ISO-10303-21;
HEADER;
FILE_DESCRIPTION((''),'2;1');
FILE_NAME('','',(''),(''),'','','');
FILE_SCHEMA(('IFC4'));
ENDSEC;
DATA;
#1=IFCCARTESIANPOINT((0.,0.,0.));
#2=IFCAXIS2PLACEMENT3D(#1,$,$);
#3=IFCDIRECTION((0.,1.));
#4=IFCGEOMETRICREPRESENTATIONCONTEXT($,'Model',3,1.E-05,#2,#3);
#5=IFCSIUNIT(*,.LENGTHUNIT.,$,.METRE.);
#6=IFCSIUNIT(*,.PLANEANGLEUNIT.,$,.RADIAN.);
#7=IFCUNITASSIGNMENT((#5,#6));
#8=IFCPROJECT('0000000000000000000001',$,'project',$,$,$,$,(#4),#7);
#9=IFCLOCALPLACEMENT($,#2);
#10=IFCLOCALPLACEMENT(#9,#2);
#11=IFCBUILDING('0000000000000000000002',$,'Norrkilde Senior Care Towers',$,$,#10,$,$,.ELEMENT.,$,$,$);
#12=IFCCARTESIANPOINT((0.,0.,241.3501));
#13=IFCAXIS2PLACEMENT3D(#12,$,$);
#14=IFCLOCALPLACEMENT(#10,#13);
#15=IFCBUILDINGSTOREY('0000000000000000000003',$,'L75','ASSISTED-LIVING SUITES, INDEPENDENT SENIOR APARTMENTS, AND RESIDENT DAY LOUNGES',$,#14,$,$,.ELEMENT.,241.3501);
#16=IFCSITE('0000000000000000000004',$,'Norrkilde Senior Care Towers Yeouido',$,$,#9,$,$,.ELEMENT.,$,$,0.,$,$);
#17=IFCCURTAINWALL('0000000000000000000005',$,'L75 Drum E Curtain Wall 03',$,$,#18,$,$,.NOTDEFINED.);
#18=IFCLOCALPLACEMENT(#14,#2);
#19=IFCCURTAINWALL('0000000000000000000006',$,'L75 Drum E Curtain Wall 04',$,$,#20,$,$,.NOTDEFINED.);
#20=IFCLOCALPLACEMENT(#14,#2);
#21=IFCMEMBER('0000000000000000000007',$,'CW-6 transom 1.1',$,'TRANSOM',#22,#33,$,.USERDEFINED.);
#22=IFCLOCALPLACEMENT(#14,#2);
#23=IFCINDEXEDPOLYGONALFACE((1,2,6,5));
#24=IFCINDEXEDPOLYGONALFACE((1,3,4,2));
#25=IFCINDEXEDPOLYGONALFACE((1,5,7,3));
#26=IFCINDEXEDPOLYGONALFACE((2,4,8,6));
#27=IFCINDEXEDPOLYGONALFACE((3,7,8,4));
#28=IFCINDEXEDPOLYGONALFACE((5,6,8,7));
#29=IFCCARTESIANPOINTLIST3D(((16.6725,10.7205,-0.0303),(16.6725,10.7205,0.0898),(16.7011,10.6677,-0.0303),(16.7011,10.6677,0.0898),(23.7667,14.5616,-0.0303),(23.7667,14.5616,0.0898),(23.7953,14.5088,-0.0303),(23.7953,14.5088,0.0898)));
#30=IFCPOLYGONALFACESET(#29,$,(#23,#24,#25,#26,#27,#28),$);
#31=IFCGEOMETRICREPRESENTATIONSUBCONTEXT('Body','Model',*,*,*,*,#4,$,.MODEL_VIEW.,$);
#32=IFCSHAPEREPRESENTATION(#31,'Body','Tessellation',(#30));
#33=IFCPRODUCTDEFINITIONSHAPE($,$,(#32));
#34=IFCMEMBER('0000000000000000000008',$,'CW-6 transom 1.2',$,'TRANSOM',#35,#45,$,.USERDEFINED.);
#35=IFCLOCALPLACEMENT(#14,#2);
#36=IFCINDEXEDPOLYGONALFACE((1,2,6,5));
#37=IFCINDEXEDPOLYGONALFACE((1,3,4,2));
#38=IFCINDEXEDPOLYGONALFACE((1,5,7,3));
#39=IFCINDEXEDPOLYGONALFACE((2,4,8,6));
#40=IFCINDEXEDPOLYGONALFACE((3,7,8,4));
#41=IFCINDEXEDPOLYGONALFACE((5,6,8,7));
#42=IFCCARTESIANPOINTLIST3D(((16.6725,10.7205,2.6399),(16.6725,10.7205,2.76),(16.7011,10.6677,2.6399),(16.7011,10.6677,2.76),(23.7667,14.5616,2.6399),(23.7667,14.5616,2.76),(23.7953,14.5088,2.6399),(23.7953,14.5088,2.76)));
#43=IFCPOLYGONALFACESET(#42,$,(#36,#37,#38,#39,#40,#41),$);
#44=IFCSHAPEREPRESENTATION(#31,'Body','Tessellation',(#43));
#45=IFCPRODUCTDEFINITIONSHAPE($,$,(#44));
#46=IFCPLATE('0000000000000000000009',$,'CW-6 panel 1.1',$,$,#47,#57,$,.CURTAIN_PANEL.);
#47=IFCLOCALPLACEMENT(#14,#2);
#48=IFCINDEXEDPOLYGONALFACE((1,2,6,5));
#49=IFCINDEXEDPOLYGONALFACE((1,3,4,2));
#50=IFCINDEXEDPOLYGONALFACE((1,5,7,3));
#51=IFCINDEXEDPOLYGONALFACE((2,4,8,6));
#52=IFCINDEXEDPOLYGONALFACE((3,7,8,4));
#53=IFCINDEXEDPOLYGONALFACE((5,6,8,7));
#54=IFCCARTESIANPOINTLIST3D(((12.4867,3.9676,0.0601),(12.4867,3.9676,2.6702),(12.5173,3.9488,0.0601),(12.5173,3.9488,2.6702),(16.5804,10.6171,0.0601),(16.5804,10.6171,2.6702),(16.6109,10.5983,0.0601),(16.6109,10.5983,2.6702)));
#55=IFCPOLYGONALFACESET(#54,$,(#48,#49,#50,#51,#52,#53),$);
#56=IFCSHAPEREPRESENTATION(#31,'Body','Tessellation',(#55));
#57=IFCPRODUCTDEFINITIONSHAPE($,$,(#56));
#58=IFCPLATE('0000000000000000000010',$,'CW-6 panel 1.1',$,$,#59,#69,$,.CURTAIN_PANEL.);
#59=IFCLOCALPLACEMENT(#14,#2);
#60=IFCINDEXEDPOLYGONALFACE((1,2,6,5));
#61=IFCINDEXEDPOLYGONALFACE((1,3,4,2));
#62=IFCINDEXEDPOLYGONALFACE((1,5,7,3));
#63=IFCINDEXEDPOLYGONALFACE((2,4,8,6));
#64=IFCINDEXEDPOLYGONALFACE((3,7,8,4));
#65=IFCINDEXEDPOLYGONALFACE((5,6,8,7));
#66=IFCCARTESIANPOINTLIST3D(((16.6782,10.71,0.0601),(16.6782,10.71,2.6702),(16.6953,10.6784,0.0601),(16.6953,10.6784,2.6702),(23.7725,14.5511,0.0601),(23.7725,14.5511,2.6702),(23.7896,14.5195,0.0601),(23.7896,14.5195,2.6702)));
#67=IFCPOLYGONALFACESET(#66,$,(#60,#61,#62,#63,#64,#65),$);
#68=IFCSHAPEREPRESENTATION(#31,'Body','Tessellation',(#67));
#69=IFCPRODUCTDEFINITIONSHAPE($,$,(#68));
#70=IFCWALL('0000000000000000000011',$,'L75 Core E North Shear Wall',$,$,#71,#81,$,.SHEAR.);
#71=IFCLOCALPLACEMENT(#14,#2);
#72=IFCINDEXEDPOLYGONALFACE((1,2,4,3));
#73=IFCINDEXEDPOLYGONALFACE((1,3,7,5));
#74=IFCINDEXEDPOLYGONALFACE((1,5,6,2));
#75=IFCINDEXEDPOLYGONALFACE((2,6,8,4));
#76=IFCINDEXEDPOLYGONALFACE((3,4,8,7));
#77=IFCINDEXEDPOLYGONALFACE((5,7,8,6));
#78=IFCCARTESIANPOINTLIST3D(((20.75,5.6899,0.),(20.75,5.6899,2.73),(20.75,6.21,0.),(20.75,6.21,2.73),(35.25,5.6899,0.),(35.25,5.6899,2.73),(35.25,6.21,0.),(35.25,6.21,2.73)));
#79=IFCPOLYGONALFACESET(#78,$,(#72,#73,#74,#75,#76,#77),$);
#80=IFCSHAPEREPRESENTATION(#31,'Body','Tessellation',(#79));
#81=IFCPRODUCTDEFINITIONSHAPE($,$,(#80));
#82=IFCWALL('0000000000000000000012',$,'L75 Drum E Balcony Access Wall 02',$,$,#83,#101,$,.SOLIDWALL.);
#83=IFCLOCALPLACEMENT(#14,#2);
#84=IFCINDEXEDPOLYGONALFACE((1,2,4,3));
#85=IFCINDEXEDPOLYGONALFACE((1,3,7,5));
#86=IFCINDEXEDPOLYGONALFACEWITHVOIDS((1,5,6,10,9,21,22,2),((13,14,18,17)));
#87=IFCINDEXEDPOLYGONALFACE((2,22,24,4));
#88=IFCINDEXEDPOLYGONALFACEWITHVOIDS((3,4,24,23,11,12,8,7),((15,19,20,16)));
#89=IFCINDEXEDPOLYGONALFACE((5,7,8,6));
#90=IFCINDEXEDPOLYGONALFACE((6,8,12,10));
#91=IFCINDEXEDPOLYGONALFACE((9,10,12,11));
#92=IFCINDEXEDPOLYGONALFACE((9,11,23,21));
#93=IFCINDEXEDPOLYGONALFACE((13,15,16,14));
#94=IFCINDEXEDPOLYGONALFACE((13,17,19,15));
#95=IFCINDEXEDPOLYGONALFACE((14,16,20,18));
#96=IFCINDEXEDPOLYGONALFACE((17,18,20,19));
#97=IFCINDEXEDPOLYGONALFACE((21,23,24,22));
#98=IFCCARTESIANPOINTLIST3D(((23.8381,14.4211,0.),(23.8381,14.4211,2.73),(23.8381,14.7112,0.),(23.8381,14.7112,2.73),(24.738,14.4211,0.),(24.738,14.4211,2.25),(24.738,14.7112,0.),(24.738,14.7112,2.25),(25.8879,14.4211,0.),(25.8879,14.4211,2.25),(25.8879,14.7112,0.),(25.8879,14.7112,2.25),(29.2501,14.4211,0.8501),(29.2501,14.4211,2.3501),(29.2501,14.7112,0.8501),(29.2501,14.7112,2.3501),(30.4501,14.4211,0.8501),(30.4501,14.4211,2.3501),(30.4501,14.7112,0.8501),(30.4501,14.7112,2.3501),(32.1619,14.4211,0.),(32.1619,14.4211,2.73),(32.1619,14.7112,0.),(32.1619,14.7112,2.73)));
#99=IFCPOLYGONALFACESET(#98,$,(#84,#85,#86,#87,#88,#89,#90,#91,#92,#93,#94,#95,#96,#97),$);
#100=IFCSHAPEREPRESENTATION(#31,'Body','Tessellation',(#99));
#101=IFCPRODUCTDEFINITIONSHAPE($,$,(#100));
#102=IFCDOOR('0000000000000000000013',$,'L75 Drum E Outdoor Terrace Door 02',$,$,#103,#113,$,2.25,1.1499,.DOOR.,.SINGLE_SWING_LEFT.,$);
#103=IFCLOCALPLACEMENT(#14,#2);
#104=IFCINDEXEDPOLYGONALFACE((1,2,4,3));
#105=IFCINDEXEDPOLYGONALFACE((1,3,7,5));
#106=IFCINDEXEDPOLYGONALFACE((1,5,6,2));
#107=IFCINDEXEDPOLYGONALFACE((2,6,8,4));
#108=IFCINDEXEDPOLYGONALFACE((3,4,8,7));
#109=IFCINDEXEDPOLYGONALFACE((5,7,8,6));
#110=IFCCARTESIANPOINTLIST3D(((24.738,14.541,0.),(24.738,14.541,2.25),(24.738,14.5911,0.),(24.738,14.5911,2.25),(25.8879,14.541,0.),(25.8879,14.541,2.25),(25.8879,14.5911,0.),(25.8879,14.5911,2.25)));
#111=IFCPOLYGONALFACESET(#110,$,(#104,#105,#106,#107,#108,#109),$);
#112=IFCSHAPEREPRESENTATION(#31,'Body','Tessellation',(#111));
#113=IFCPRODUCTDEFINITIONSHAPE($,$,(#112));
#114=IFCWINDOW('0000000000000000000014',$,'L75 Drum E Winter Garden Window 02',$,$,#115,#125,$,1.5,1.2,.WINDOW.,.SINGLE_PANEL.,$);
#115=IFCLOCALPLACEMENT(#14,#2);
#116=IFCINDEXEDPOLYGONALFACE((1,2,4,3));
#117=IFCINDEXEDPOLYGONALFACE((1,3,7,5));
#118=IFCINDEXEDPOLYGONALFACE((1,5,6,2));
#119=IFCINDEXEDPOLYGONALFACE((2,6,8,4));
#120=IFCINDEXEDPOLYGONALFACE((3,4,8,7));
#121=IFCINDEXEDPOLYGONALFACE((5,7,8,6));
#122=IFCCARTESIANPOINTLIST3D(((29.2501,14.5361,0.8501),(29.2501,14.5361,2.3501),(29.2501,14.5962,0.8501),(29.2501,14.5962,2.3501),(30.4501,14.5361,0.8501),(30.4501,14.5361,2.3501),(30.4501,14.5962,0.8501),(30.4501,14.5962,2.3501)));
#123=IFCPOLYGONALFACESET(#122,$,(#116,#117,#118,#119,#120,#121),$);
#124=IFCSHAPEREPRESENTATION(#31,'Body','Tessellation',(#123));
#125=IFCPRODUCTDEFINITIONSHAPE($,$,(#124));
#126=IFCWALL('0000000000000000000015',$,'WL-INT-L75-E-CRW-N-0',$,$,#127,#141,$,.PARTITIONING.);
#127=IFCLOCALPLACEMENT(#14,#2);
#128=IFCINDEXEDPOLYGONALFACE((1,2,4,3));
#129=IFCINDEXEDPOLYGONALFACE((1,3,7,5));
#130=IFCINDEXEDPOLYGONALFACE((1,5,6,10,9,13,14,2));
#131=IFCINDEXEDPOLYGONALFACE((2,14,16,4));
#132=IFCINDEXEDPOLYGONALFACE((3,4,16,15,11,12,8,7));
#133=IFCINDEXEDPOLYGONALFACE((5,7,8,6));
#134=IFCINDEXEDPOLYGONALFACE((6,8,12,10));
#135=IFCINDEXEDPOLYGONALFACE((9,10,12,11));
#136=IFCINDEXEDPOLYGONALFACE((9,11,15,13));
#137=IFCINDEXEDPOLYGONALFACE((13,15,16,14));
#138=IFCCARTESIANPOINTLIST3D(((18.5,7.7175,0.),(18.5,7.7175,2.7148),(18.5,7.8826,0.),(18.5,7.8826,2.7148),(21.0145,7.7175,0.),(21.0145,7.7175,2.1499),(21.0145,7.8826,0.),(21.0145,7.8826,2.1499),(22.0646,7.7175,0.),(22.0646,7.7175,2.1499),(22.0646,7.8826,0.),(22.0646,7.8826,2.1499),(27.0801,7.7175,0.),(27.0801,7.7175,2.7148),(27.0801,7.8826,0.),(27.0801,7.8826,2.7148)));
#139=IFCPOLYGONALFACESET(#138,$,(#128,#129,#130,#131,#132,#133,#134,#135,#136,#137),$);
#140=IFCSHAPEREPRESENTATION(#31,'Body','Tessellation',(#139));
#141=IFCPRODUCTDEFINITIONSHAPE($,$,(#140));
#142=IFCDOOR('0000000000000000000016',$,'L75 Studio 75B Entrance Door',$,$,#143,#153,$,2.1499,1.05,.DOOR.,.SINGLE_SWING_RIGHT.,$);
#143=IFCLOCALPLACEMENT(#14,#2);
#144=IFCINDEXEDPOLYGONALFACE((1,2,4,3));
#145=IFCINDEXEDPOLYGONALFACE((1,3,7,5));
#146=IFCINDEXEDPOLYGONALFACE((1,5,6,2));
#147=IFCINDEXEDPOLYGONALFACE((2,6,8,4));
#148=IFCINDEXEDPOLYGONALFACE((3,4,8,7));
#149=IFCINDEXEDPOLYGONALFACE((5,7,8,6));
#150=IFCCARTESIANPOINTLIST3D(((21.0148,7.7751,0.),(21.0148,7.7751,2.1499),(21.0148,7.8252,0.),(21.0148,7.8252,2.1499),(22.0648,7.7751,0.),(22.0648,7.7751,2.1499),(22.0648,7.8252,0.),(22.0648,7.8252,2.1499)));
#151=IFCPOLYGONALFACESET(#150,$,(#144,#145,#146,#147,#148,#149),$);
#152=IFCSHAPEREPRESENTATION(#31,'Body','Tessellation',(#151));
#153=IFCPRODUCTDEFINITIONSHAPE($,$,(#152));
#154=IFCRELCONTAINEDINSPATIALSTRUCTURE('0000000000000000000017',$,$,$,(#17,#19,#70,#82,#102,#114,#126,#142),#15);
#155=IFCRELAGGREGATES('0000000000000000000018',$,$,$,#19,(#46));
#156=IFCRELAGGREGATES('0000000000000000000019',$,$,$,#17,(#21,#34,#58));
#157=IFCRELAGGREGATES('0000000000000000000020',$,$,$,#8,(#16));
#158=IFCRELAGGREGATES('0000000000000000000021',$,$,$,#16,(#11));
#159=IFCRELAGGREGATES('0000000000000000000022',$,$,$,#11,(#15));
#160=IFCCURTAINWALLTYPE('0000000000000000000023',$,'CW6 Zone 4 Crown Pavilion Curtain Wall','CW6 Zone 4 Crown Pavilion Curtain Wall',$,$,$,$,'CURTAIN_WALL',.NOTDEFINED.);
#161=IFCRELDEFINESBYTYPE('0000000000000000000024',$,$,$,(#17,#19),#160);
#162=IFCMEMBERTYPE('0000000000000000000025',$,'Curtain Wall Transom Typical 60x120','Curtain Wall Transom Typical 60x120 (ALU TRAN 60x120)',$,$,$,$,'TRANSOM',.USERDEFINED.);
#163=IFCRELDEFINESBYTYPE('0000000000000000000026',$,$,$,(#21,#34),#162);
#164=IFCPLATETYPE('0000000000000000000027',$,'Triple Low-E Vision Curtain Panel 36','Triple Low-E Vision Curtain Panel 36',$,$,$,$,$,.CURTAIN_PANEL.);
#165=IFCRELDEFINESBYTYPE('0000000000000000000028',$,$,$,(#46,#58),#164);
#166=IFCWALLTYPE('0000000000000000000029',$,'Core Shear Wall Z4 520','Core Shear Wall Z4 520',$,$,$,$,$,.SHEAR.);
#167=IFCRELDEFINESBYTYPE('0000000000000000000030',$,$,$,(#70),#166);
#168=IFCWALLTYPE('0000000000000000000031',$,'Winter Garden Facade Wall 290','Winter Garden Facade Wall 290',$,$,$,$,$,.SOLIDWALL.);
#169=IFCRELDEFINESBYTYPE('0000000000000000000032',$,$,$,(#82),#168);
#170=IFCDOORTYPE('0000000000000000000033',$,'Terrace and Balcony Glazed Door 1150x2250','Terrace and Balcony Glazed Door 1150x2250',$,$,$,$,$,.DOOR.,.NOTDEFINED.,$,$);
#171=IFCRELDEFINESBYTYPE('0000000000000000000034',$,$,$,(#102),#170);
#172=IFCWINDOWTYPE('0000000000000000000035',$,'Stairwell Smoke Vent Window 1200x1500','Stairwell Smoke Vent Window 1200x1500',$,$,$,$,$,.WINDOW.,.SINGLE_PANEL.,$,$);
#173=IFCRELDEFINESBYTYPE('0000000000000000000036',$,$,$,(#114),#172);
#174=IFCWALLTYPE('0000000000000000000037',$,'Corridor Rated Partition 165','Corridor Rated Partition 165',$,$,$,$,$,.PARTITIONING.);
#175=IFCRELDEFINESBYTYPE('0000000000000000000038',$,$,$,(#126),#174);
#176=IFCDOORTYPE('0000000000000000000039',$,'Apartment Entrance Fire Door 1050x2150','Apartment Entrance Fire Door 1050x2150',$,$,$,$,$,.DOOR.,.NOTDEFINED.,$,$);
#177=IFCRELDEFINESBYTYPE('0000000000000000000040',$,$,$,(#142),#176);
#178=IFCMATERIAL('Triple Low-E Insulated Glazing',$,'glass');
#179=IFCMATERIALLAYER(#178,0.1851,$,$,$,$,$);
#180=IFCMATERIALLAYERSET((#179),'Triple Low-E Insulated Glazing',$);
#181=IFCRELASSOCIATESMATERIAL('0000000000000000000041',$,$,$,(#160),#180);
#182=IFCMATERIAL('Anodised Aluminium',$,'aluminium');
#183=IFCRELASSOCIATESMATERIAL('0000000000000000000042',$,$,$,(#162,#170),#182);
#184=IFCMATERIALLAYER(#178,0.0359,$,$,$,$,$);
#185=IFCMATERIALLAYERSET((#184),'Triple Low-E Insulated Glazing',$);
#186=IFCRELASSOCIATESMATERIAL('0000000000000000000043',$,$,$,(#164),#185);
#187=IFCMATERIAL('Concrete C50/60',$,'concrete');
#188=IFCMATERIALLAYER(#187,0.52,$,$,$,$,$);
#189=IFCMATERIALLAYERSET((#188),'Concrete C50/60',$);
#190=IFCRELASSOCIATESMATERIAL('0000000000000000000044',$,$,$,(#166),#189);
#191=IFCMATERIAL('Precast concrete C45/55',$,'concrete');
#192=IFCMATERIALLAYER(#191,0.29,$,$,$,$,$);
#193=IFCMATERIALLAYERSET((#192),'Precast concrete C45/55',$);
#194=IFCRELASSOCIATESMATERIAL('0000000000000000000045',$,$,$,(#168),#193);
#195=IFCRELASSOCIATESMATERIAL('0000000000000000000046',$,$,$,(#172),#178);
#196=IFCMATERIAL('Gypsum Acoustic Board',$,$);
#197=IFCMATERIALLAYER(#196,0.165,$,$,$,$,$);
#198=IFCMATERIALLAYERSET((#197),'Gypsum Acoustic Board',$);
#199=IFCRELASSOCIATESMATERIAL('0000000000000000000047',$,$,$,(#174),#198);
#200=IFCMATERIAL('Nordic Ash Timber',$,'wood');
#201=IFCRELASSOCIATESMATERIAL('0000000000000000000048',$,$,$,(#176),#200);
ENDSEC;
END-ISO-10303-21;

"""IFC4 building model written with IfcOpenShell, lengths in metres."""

from ifc_helpers import new_model, si_unit, direction, frame, frame_2d, origin, origin_2d, place, context, subcontext, project, spatial, rectangle, extrude, source, transform, mapped, material, layer, layer_set, material_profile, profile_set, type_object, type_shapes, element, fill, aggregate, save


model = new_model("IFC4")

# Units and contexts
model_context = context("Model", 3, precision=1e-05, world=origin(), true_north=direction((0.0, 1.0)))
body_context = subcontext(model_context, "Body", "Model", "MODEL_VIEW")
ifc_project = project(units=[si_unit("LENGTHUNIT", "METRE"), si_unit("PLANEANGLEUNIT", "RADIAN")], contexts=[model_context])

# Site, building, storey
site_placement = place(None, origin())
site = spatial("IfcSite", under=ifc_project, at=site_placement, Name="Norrkilde Senior Care Towers Yeouido", CompositionType="ELEMENT", RefElevation=0.0)
building_placement = place(site_placement, origin())
building = spatial("IfcBuilding", under=site, at=building_placement, Name="Norrkilde Senior Care Towers", CompositionType="ELEMENT")
storey_placement = place(building_placement, frame((0.0, 0.0, 241.3501)))
storey = spatial("IfcBuildingStorey", under=building, at=storey_placement, Name="L75", Description="ASSISTED-LIVING SUITES, INDEPENDENT SENIOR APARTMENTS, AND RESIDENT DAY LOUNGES", CompositionType="ELEMENT", Elevation=241.3501)

# Shared definitions
ifc_material_1 = material(Name="Concrete C50/60", Category="concrete")

# Curtain wall
ifc_material_2 = material(Name="Triple Low-E Insulated Glazing", Category="glass")
ifc_layer_1 = layer(ifc_material_2, 0.1851)
ifc_layer_set_1 = layer_set([ifc_layer_1], Name="Triple Low-E Insulated Glazing")
curtain_wall_type = type_object("IfcCurtainWallType", Name="CW6 Zone 4 Crown Pavilion Curtain Wall", Description="CW6 Zone 4 Crown Pavilion Curtain Wall", ElementType="CURTAIN_WALL", PredefinedType="NOTDEFINED", material=ifc_layer_set_1)
curtain_wall_1_placement = place(storey_placement, origin())
curtain_wall_1 = element("IfcCurtainWall", 1, at=curtain_wall_1_placement, inside=storey, type_object=curtain_wall_type, Name="L75 Drum E Curtain Wall 03", PredefinedType="NOTDEFINED")
ifc_material_3 = material(Name="Anodised Aluminium", Category="aluminium")

# Curtain wall
curtain_wall_2_placement = place(storey_placement, origin())
curtain_wall_2 = element("IfcCurtainWall", 2, at=curtain_wall_2_placement, inside=storey, type_object=curtain_wall_type, Name="L75 Drum E Curtain Wall 04", PredefinedType="NOTDEFINED")

# Members
ifc_material_profile_1 = material_profile(ifc_material_3, rectangle(XDim=0.0601, YDim=0.1201, at=origin_2d()), Name="ALU TRAN 60x120")
ifc_profile_set_1 = profile_set([ifc_material_profile_1], Name="Anodised Aluminium")
member_type_1 = type_object("IfcMemberType", Name="Curtain Wall Transom Typical 60x120", Description="Curtain Wall Transom Typical 60x120 (ALU TRAN 60x120)", ElementType="TRANSOM", PredefinedType="USERDEFINED", material=ifc_profile_set_1)
shared_shape_1 = source(origin(), body_context, "Body", "SweptSolid", [
    extrude(rectangle(XDim=0.0601, YDim=0.1201, at=origin_2d()), origin(), (0.0, 0.0, 1.0), 8.0674),
])
type_shapes(member_type_1, [shared_shape_1])
member_1_placement = place(storey_placement, frame((16.6868, 10.6941, 0.0298), z_axis=(0.879378, 0.476125, 0.0), x_axis=(-0.476125, 0.879378, 0.0)))
member_1 = element("IfcMember", 3, at=member_1_placement, type_object=member_type_1, Name="CW-6 transom 1.1", ObjectType="TRANSOM", PredefinedType="USERDEFINED", context=body_context, shape_type="MappedRepresentation", body=[
    mapped(shared_shape_1, transform((0.0, 0.0, 0.0), x_axis=(1.0, 0.0, 0.0), y_axis=(0.0, 1.0, 0.0), z_axis=(0.0, 0.0, 1.0), scale=1.0)),
])
member_2_placement = place(storey_placement, frame((16.6868, 10.6941, 2.7), z_axis=(0.879378, 0.476125, 0.0), x_axis=(-0.476125, 0.879378, 0.0)))
member_2 = element("IfcMember", 4, at=member_2_placement, type_object=member_type_1, Name="CW-6 transom 1.2", ObjectType="TRANSOM", PredefinedType="USERDEFINED", context=body_context, shape_type="MappedRepresentation", body=[
    mapped(shared_shape_1, transform((0.0, 0.0, 0.0), x_axis=(1.0, 0.0, 0.0), y_axis=(0.0, 1.0, 0.0), z_axis=(0.0, 0.0, 1.0), scale=1.0)),
])

# Plates
ifc_layer_2 = layer(ifc_material_2, 0.0359)
ifc_layer_set_2 = layer_set([ifc_layer_2], Name="Triple Low-E Insulated Glazing")
plate_type = type_object("IfcPlateType", Name="Triple Low-E Vision Curtain Panel 36", Description="Triple Low-E Vision Curtain Panel 36", PredefinedType="CURTAIN_PANEL", material=ifc_layer_set_2)
shared_shape_2 = source(origin(), body_context, "Body", "SweptSolid", [
    extrude(rectangle(XDim=7.8086, YDim=0.0359, at=origin_2d()), origin(), (0.0, 0.0, 1.0), 2.6101),
])
plate_1_placement = place(storey_placement, frame((14.5488, 7.283, 0.0601), z_axis=(0.0, 0.0, 1.0), x_axis=(0.524253, 0.851563, 0.0)))
plate_1 = element("IfcPlate", 5, at=plate_1_placement, type_object=plate_type, Name="CW-6 panel 1.1", PredefinedType="CURTAIN_PANEL", context=body_context, shape_type="MappedRepresentation", body=[
    mapped(shared_shape_2, transform((0.0, 0.0, 0.0), x_axis=(1.0, 0.0, 0.0), y_axis=(0.0, 1.0, 0.0), z_axis=(0.0, 0.0, 1.0), scale=1.0)),
])
aggregate(curtain_wall_2, [plate_1])
shared_shape_3 = source(origin(), body_context, "Body", "SweptSolid", [
    extrude(rectangle(XDim=8.0674, YDim=0.0359, at=origin_2d()), origin(), (0.0, 0.0, 1.0), 2.6101),
])
type_shapes(plate_type, [shared_shape_2, shared_shape_3])
plate_2_placement = place(storey_placement, frame((20.2339, 12.6147, 0.0601), z_axis=(0.0, 0.0, 1.0), x_axis=(0.879373, 0.476133, 0.0)))
plate_2 = element("IfcPlate", 6, at=plate_2_placement, type_object=plate_type, Name="CW-6 panel 1.1", PredefinedType="CURTAIN_PANEL", context=body_context, shape_type="MappedRepresentation", body=[
    mapped(shared_shape_3, transform((0.0, 0.0, 0.0), x_axis=(1.0, 0.0, 0.0), y_axis=(0.0, 1.0, 0.0), z_axis=(0.0, 0.0, 1.0), scale=1.0)),
])
aggregate(curtain_wall_1, [member_1, member_2, plate_2])

# Wall
ifc_layer_3 = layer(ifc_material_1, 0.52)
ifc_layer_set_3 = layer_set([ifc_layer_3], Name="Concrete C50/60")
wall_type_1 = type_object("IfcWallType", Name="Core Shear Wall Z4 520", Description="Core Shear Wall Z4 520", PredefinedType="SHEAR", material=ifc_layer_set_3)
shared_shape_4 = source(origin(), body_context, "Body", "SweptSolid", [
    extrude(rectangle(XDim=14.5, YDim=0.52, at=frame_2d((7.25, 0.0))), origin(), (0.0, 0.0, 1.0), 2.73),
])
type_shapes(wall_type_1, [shared_shape_4])
wall_1_placement = place(storey_placement, frame((20.75, 5.95, 0.0), z_axis=(0.0, 0.0, 1.0), x_axis=(1.0, 0.0, 0.0)))
element("IfcWall", 7, at=wall_1_placement, inside=storey, type_object=wall_type_1, Name="L75 Core E North Shear Wall", PredefinedType="SHEAR", context=body_context, shape_type="MappedRepresentation", body=[
    mapped(shared_shape_4, transform((0.0, 0.0, 0.0), x_axis=(1.0, 0.0, 0.0), y_axis=(0.0, 1.0, 0.0), z_axis=(0.0, 0.0, 1.0), scale=1.0)),
])

# Wall, openings, door, window
ifc_material_4 = material(Name="Precast concrete C45/55", Category="concrete")
ifc_layer_4 = layer(ifc_material_4, 0.29)
ifc_layer_set_4 = layer_set([ifc_layer_4], Name="Precast concrete C45/55")
wall_type_2 = type_object("IfcWallType", Name="Winter Garden Facade Wall 290", Description="Winter Garden Facade Wall 290", PredefinedType="SOLIDWALL", material=ifc_layer_set_4)
shared_shape_5 = source(origin(), body_context, "Body", "SweptSolid", [
    extrude(rectangle(XDim=8.3237, YDim=0.29, at=frame_2d((4.1619, 0.0))), origin(), (0.0, 0.0, 1.0), 2.73),
])
type_shapes(wall_type_2, [shared_shape_5])
wall_2_placement = place(storey_placement, frame((23.8381, 14.5662, 0.0), z_axis=(0.0, 0.0, 1.0), x_axis=(1.0, 0.0, 0.0)))
wall_2 = element("IfcWall", 8, at=wall_2_placement, inside=storey, type_object=wall_type_2, Name="L75 Drum E Balcony Access Wall 02", PredefinedType="SOLIDWALL", context=body_context, shape_type="MappedRepresentation", body=[
    mapped(shared_shape_5, transform((0.0, 0.0, 0.0), x_axis=(1.0, 0.0, 0.0), y_axis=(0.0, 1.0, 0.0), z_axis=(0.0, 0.0, 1.0), scale=1.0)),
])
opening_1_placement = place(wall_2_placement, frame((0.8999, 0.0, 0.0)))
opening_1 = element("IfcOpeningElement", 9, at=opening_1_placement, cuts=wall_2, PredefinedType="OPENING", context=body_context, shape_type="SweptSolid", body=[
    extrude(rectangle(XDim=1.1499, YDim=2.25, at=frame_2d((0.575, 1.125))), frame((0.0, 0.155, 0.0), z_axis=(0.0, -1.0, 0.0), x_axis=(1.0, 0.0, 0.0)), (0.0, 0.0, 1.0), 0.3101),
])
opening_2_placement = place(wall_2_placement, frame((5.4119, 0.0, 0.8501)))
opening_2 = element("IfcOpeningElement", 10, at=opening_2_placement, cuts=wall_2, PredefinedType="OPENING", context=body_context, shape_type="SweptSolid", body=[
    extrude(rectangle(XDim=1.2, YDim=1.5, at=frame_2d((0.6001, 0.75))), frame((0.0, 0.155, 0.0), z_axis=(0.0, -1.0, 0.0), x_axis=(1.0, 0.0, 0.0)), (0.0, 0.0, 1.0), 0.3101),
])
door_type_1 = type_object("IfcDoorType", Name="Terrace and Balcony Glazed Door 1150x2250", Description="Terrace and Balcony Glazed Door 1150x2250", OperationType="NOTDEFINED", PredefinedType="DOOR", material=ifc_material_3)
shared_shape_6 = source(origin(), body_context, "Body", "SweptSolid", [
    extrude(rectangle(XDim=1.1499, YDim=2.25, at=frame_2d((0.575, 1.125))), frame((0.0, 0.0249, 0.0), z_axis=(0.0, -1.0, 0.0), x_axis=(1.0, 0.0, 0.0)), (0.0, 0.0, 1.0), 0.05),
])
type_shapes(door_type_1, [shared_shape_6])
door_1_placement = place(opening_1_placement, origin())
door_1 = element("IfcDoor", 11, at=door_1_placement, inside=storey, type_object=door_type_1, Name="L75 Drum E Outdoor Terrace Door 02", OperationType="SINGLE_SWING_LEFT", OverallHeight=2.25, OverallWidth=1.1499, PredefinedType="DOOR", context=body_context, shape_type="MappedRepresentation", body=[
    mapped(shared_shape_6, transform((0.0, 0.0, 0.0), x_axis=(1.0, 0.0, 0.0), y_axis=(0.0, 1.0, 0.0), z_axis=(0.0, 0.0, 1.0), scale=1.0)),
])
fill(opening_1, door_1)
window_type = type_object("IfcWindowType", Name="Stairwell Smoke Vent Window 1200x1500", Description="Stairwell Smoke Vent Window 1200x1500", PartitioningType="SINGLE_PANEL", PredefinedType="WINDOW", material=ifc_material_2)
shared_shape_7 = source(origin(), body_context, "Body", "SweptSolid", [
    extrude(rectangle(XDim=1.2, YDim=1.5, at=frame_2d((0.6001, 0.75))), frame((0.0, 0.03, 0.0), z_axis=(0.0, -1.0, 0.0), x_axis=(1.0, 0.0, 0.0)), (0.0, 0.0, 1.0), 0.0601),
])
type_shapes(window_type, [shared_shape_7])
window_placement = place(opening_2_placement, origin())
window = element("IfcWindow", 12, at=window_placement, inside=storey, type_object=window_type, Name="L75 Drum E Winter Garden Window 02", OverallHeight=1.5, OverallWidth=1.2, PartitioningType="SINGLE_PANEL", PredefinedType="WINDOW", context=body_context, shape_type="MappedRepresentation", body=[
    mapped(shared_shape_7, transform((0.0, 0.0, 0.0), x_axis=(1.0, 0.0, 0.0), y_axis=(0.0, 1.0, 0.0), z_axis=(0.0, 0.0, 1.0), scale=1.0)),
])
fill(opening_2, window)

# Wall, opening, door
ifc_material_5 = material(Name="Gypsum Acoustic Board")
ifc_layer_5 = layer(ifc_material_5, 0.165)
ifc_layer_set_5 = layer_set([ifc_layer_5], Name="Gypsum Acoustic Board")
wall_type_3 = type_object("IfcWallType", Name="Corridor Rated Partition 165", Description="Corridor Rated Partition 165", PredefinedType="PARTITIONING", material=ifc_layer_set_5)
shared_shape_8 = source(origin(), body_context, "Body", "SweptSolid", [
    extrude(rectangle(XDim=8.5801, YDim=0.165, at=frame_2d((4.29, 0.0))), origin(), (0.0, 0.0, 1.0), 2.7148),
])
wall_3_placement = place(storey_placement, frame((18.5, 7.8, 0.0), z_axis=(0.0, 0.0, 1.0), x_axis=(1.0, 0.0, 0.0)))
wall_3 = element("IfcWall", 13, at=wall_3_placement, inside=storey, type_object=wall_type_3, Name="WL-INT-L75-E-CRW-N-0", PredefinedType="PARTITIONING", context=body_context, shape_type="MappedRepresentation", body=[
    mapped(shared_shape_8, transform((0.0, 0.0, 0.0), x_axis=(1.0, 0.0, 0.0), y_axis=(0.0, 1.0, 0.0), z_axis=(0.0, 0.0, 1.0), scale=1.0)),
])
opening_3_placement = place(wall_3_placement, frame((2.5146, 0.0, 0.0)))
opening_3 = element("IfcOpeningElement", 14, at=opening_3_placement, cuts=wall_3, PredefinedType="OPENING", context=body_context, shape_type="SweptSolid", body=[
    extrude(rectangle(XDim=1.05, YDim=2.1499, at=frame_2d((0.5249, 1.075))), frame((0.0, 0.0925, 0.0), z_axis=(0.0, -1.0, 0.0), x_axis=(1.0, 0.0, 0.0)), (0.0, 0.0, 1.0), 0.1851),
])
ifc_material_6 = material(Name="Nordic Ash Timber", Category="wood")
door_type_2 = type_object("IfcDoorType", Name="Apartment Entrance Fire Door 1050x2150", Description="Apartment Entrance Fire Door 1050x2150", OperationType="NOTDEFINED", PredefinedType="DOOR", material=ifc_material_6)
shared_shape_9 = source(origin(), body_context, "Body", "SweptSolid", [
    extrude(rectangle(XDim=1.05, YDim=2.1499, at=frame_2d((0.5249, 1.075))), frame((0.0, 0.0249, 0.0), z_axis=(0.0, -1.0, 0.0), x_axis=(1.0, 0.0, 0.0)), (0.0, 0.0, 1.0), 0.05),
])
type_shapes(door_type_2, [shared_shape_9])
door_2_placement = place(opening_3_placement, frame((1.05, 0.0, 0.0), z_axis=(0.0, 0.0, 1.0), x_axis=(-1.0, 0.0, 0.0)))
door_2 = element("IfcDoor", 15, at=door_2_placement, inside=storey, type_object=door_type_2, Name="L75 Studio 75B Entrance Door", OperationType="SINGLE_SWING_RIGHT", OverallHeight=2.1499, OverallWidth=1.05, PredefinedType="DOOR", context=body_context, shape_type="MappedRepresentation", body=[
    mapped(shared_shape_9, transform((0.0, 0.0, 0.0), x_axis=(1.0, 0.0, 0.0), y_axis=(0.0, 1.0, 0.0), z_axis=(0.0, 0.0, 1.0), scale=1.0)),
])
fill(opening_3, door_2)

save(model, "model.ifc")
